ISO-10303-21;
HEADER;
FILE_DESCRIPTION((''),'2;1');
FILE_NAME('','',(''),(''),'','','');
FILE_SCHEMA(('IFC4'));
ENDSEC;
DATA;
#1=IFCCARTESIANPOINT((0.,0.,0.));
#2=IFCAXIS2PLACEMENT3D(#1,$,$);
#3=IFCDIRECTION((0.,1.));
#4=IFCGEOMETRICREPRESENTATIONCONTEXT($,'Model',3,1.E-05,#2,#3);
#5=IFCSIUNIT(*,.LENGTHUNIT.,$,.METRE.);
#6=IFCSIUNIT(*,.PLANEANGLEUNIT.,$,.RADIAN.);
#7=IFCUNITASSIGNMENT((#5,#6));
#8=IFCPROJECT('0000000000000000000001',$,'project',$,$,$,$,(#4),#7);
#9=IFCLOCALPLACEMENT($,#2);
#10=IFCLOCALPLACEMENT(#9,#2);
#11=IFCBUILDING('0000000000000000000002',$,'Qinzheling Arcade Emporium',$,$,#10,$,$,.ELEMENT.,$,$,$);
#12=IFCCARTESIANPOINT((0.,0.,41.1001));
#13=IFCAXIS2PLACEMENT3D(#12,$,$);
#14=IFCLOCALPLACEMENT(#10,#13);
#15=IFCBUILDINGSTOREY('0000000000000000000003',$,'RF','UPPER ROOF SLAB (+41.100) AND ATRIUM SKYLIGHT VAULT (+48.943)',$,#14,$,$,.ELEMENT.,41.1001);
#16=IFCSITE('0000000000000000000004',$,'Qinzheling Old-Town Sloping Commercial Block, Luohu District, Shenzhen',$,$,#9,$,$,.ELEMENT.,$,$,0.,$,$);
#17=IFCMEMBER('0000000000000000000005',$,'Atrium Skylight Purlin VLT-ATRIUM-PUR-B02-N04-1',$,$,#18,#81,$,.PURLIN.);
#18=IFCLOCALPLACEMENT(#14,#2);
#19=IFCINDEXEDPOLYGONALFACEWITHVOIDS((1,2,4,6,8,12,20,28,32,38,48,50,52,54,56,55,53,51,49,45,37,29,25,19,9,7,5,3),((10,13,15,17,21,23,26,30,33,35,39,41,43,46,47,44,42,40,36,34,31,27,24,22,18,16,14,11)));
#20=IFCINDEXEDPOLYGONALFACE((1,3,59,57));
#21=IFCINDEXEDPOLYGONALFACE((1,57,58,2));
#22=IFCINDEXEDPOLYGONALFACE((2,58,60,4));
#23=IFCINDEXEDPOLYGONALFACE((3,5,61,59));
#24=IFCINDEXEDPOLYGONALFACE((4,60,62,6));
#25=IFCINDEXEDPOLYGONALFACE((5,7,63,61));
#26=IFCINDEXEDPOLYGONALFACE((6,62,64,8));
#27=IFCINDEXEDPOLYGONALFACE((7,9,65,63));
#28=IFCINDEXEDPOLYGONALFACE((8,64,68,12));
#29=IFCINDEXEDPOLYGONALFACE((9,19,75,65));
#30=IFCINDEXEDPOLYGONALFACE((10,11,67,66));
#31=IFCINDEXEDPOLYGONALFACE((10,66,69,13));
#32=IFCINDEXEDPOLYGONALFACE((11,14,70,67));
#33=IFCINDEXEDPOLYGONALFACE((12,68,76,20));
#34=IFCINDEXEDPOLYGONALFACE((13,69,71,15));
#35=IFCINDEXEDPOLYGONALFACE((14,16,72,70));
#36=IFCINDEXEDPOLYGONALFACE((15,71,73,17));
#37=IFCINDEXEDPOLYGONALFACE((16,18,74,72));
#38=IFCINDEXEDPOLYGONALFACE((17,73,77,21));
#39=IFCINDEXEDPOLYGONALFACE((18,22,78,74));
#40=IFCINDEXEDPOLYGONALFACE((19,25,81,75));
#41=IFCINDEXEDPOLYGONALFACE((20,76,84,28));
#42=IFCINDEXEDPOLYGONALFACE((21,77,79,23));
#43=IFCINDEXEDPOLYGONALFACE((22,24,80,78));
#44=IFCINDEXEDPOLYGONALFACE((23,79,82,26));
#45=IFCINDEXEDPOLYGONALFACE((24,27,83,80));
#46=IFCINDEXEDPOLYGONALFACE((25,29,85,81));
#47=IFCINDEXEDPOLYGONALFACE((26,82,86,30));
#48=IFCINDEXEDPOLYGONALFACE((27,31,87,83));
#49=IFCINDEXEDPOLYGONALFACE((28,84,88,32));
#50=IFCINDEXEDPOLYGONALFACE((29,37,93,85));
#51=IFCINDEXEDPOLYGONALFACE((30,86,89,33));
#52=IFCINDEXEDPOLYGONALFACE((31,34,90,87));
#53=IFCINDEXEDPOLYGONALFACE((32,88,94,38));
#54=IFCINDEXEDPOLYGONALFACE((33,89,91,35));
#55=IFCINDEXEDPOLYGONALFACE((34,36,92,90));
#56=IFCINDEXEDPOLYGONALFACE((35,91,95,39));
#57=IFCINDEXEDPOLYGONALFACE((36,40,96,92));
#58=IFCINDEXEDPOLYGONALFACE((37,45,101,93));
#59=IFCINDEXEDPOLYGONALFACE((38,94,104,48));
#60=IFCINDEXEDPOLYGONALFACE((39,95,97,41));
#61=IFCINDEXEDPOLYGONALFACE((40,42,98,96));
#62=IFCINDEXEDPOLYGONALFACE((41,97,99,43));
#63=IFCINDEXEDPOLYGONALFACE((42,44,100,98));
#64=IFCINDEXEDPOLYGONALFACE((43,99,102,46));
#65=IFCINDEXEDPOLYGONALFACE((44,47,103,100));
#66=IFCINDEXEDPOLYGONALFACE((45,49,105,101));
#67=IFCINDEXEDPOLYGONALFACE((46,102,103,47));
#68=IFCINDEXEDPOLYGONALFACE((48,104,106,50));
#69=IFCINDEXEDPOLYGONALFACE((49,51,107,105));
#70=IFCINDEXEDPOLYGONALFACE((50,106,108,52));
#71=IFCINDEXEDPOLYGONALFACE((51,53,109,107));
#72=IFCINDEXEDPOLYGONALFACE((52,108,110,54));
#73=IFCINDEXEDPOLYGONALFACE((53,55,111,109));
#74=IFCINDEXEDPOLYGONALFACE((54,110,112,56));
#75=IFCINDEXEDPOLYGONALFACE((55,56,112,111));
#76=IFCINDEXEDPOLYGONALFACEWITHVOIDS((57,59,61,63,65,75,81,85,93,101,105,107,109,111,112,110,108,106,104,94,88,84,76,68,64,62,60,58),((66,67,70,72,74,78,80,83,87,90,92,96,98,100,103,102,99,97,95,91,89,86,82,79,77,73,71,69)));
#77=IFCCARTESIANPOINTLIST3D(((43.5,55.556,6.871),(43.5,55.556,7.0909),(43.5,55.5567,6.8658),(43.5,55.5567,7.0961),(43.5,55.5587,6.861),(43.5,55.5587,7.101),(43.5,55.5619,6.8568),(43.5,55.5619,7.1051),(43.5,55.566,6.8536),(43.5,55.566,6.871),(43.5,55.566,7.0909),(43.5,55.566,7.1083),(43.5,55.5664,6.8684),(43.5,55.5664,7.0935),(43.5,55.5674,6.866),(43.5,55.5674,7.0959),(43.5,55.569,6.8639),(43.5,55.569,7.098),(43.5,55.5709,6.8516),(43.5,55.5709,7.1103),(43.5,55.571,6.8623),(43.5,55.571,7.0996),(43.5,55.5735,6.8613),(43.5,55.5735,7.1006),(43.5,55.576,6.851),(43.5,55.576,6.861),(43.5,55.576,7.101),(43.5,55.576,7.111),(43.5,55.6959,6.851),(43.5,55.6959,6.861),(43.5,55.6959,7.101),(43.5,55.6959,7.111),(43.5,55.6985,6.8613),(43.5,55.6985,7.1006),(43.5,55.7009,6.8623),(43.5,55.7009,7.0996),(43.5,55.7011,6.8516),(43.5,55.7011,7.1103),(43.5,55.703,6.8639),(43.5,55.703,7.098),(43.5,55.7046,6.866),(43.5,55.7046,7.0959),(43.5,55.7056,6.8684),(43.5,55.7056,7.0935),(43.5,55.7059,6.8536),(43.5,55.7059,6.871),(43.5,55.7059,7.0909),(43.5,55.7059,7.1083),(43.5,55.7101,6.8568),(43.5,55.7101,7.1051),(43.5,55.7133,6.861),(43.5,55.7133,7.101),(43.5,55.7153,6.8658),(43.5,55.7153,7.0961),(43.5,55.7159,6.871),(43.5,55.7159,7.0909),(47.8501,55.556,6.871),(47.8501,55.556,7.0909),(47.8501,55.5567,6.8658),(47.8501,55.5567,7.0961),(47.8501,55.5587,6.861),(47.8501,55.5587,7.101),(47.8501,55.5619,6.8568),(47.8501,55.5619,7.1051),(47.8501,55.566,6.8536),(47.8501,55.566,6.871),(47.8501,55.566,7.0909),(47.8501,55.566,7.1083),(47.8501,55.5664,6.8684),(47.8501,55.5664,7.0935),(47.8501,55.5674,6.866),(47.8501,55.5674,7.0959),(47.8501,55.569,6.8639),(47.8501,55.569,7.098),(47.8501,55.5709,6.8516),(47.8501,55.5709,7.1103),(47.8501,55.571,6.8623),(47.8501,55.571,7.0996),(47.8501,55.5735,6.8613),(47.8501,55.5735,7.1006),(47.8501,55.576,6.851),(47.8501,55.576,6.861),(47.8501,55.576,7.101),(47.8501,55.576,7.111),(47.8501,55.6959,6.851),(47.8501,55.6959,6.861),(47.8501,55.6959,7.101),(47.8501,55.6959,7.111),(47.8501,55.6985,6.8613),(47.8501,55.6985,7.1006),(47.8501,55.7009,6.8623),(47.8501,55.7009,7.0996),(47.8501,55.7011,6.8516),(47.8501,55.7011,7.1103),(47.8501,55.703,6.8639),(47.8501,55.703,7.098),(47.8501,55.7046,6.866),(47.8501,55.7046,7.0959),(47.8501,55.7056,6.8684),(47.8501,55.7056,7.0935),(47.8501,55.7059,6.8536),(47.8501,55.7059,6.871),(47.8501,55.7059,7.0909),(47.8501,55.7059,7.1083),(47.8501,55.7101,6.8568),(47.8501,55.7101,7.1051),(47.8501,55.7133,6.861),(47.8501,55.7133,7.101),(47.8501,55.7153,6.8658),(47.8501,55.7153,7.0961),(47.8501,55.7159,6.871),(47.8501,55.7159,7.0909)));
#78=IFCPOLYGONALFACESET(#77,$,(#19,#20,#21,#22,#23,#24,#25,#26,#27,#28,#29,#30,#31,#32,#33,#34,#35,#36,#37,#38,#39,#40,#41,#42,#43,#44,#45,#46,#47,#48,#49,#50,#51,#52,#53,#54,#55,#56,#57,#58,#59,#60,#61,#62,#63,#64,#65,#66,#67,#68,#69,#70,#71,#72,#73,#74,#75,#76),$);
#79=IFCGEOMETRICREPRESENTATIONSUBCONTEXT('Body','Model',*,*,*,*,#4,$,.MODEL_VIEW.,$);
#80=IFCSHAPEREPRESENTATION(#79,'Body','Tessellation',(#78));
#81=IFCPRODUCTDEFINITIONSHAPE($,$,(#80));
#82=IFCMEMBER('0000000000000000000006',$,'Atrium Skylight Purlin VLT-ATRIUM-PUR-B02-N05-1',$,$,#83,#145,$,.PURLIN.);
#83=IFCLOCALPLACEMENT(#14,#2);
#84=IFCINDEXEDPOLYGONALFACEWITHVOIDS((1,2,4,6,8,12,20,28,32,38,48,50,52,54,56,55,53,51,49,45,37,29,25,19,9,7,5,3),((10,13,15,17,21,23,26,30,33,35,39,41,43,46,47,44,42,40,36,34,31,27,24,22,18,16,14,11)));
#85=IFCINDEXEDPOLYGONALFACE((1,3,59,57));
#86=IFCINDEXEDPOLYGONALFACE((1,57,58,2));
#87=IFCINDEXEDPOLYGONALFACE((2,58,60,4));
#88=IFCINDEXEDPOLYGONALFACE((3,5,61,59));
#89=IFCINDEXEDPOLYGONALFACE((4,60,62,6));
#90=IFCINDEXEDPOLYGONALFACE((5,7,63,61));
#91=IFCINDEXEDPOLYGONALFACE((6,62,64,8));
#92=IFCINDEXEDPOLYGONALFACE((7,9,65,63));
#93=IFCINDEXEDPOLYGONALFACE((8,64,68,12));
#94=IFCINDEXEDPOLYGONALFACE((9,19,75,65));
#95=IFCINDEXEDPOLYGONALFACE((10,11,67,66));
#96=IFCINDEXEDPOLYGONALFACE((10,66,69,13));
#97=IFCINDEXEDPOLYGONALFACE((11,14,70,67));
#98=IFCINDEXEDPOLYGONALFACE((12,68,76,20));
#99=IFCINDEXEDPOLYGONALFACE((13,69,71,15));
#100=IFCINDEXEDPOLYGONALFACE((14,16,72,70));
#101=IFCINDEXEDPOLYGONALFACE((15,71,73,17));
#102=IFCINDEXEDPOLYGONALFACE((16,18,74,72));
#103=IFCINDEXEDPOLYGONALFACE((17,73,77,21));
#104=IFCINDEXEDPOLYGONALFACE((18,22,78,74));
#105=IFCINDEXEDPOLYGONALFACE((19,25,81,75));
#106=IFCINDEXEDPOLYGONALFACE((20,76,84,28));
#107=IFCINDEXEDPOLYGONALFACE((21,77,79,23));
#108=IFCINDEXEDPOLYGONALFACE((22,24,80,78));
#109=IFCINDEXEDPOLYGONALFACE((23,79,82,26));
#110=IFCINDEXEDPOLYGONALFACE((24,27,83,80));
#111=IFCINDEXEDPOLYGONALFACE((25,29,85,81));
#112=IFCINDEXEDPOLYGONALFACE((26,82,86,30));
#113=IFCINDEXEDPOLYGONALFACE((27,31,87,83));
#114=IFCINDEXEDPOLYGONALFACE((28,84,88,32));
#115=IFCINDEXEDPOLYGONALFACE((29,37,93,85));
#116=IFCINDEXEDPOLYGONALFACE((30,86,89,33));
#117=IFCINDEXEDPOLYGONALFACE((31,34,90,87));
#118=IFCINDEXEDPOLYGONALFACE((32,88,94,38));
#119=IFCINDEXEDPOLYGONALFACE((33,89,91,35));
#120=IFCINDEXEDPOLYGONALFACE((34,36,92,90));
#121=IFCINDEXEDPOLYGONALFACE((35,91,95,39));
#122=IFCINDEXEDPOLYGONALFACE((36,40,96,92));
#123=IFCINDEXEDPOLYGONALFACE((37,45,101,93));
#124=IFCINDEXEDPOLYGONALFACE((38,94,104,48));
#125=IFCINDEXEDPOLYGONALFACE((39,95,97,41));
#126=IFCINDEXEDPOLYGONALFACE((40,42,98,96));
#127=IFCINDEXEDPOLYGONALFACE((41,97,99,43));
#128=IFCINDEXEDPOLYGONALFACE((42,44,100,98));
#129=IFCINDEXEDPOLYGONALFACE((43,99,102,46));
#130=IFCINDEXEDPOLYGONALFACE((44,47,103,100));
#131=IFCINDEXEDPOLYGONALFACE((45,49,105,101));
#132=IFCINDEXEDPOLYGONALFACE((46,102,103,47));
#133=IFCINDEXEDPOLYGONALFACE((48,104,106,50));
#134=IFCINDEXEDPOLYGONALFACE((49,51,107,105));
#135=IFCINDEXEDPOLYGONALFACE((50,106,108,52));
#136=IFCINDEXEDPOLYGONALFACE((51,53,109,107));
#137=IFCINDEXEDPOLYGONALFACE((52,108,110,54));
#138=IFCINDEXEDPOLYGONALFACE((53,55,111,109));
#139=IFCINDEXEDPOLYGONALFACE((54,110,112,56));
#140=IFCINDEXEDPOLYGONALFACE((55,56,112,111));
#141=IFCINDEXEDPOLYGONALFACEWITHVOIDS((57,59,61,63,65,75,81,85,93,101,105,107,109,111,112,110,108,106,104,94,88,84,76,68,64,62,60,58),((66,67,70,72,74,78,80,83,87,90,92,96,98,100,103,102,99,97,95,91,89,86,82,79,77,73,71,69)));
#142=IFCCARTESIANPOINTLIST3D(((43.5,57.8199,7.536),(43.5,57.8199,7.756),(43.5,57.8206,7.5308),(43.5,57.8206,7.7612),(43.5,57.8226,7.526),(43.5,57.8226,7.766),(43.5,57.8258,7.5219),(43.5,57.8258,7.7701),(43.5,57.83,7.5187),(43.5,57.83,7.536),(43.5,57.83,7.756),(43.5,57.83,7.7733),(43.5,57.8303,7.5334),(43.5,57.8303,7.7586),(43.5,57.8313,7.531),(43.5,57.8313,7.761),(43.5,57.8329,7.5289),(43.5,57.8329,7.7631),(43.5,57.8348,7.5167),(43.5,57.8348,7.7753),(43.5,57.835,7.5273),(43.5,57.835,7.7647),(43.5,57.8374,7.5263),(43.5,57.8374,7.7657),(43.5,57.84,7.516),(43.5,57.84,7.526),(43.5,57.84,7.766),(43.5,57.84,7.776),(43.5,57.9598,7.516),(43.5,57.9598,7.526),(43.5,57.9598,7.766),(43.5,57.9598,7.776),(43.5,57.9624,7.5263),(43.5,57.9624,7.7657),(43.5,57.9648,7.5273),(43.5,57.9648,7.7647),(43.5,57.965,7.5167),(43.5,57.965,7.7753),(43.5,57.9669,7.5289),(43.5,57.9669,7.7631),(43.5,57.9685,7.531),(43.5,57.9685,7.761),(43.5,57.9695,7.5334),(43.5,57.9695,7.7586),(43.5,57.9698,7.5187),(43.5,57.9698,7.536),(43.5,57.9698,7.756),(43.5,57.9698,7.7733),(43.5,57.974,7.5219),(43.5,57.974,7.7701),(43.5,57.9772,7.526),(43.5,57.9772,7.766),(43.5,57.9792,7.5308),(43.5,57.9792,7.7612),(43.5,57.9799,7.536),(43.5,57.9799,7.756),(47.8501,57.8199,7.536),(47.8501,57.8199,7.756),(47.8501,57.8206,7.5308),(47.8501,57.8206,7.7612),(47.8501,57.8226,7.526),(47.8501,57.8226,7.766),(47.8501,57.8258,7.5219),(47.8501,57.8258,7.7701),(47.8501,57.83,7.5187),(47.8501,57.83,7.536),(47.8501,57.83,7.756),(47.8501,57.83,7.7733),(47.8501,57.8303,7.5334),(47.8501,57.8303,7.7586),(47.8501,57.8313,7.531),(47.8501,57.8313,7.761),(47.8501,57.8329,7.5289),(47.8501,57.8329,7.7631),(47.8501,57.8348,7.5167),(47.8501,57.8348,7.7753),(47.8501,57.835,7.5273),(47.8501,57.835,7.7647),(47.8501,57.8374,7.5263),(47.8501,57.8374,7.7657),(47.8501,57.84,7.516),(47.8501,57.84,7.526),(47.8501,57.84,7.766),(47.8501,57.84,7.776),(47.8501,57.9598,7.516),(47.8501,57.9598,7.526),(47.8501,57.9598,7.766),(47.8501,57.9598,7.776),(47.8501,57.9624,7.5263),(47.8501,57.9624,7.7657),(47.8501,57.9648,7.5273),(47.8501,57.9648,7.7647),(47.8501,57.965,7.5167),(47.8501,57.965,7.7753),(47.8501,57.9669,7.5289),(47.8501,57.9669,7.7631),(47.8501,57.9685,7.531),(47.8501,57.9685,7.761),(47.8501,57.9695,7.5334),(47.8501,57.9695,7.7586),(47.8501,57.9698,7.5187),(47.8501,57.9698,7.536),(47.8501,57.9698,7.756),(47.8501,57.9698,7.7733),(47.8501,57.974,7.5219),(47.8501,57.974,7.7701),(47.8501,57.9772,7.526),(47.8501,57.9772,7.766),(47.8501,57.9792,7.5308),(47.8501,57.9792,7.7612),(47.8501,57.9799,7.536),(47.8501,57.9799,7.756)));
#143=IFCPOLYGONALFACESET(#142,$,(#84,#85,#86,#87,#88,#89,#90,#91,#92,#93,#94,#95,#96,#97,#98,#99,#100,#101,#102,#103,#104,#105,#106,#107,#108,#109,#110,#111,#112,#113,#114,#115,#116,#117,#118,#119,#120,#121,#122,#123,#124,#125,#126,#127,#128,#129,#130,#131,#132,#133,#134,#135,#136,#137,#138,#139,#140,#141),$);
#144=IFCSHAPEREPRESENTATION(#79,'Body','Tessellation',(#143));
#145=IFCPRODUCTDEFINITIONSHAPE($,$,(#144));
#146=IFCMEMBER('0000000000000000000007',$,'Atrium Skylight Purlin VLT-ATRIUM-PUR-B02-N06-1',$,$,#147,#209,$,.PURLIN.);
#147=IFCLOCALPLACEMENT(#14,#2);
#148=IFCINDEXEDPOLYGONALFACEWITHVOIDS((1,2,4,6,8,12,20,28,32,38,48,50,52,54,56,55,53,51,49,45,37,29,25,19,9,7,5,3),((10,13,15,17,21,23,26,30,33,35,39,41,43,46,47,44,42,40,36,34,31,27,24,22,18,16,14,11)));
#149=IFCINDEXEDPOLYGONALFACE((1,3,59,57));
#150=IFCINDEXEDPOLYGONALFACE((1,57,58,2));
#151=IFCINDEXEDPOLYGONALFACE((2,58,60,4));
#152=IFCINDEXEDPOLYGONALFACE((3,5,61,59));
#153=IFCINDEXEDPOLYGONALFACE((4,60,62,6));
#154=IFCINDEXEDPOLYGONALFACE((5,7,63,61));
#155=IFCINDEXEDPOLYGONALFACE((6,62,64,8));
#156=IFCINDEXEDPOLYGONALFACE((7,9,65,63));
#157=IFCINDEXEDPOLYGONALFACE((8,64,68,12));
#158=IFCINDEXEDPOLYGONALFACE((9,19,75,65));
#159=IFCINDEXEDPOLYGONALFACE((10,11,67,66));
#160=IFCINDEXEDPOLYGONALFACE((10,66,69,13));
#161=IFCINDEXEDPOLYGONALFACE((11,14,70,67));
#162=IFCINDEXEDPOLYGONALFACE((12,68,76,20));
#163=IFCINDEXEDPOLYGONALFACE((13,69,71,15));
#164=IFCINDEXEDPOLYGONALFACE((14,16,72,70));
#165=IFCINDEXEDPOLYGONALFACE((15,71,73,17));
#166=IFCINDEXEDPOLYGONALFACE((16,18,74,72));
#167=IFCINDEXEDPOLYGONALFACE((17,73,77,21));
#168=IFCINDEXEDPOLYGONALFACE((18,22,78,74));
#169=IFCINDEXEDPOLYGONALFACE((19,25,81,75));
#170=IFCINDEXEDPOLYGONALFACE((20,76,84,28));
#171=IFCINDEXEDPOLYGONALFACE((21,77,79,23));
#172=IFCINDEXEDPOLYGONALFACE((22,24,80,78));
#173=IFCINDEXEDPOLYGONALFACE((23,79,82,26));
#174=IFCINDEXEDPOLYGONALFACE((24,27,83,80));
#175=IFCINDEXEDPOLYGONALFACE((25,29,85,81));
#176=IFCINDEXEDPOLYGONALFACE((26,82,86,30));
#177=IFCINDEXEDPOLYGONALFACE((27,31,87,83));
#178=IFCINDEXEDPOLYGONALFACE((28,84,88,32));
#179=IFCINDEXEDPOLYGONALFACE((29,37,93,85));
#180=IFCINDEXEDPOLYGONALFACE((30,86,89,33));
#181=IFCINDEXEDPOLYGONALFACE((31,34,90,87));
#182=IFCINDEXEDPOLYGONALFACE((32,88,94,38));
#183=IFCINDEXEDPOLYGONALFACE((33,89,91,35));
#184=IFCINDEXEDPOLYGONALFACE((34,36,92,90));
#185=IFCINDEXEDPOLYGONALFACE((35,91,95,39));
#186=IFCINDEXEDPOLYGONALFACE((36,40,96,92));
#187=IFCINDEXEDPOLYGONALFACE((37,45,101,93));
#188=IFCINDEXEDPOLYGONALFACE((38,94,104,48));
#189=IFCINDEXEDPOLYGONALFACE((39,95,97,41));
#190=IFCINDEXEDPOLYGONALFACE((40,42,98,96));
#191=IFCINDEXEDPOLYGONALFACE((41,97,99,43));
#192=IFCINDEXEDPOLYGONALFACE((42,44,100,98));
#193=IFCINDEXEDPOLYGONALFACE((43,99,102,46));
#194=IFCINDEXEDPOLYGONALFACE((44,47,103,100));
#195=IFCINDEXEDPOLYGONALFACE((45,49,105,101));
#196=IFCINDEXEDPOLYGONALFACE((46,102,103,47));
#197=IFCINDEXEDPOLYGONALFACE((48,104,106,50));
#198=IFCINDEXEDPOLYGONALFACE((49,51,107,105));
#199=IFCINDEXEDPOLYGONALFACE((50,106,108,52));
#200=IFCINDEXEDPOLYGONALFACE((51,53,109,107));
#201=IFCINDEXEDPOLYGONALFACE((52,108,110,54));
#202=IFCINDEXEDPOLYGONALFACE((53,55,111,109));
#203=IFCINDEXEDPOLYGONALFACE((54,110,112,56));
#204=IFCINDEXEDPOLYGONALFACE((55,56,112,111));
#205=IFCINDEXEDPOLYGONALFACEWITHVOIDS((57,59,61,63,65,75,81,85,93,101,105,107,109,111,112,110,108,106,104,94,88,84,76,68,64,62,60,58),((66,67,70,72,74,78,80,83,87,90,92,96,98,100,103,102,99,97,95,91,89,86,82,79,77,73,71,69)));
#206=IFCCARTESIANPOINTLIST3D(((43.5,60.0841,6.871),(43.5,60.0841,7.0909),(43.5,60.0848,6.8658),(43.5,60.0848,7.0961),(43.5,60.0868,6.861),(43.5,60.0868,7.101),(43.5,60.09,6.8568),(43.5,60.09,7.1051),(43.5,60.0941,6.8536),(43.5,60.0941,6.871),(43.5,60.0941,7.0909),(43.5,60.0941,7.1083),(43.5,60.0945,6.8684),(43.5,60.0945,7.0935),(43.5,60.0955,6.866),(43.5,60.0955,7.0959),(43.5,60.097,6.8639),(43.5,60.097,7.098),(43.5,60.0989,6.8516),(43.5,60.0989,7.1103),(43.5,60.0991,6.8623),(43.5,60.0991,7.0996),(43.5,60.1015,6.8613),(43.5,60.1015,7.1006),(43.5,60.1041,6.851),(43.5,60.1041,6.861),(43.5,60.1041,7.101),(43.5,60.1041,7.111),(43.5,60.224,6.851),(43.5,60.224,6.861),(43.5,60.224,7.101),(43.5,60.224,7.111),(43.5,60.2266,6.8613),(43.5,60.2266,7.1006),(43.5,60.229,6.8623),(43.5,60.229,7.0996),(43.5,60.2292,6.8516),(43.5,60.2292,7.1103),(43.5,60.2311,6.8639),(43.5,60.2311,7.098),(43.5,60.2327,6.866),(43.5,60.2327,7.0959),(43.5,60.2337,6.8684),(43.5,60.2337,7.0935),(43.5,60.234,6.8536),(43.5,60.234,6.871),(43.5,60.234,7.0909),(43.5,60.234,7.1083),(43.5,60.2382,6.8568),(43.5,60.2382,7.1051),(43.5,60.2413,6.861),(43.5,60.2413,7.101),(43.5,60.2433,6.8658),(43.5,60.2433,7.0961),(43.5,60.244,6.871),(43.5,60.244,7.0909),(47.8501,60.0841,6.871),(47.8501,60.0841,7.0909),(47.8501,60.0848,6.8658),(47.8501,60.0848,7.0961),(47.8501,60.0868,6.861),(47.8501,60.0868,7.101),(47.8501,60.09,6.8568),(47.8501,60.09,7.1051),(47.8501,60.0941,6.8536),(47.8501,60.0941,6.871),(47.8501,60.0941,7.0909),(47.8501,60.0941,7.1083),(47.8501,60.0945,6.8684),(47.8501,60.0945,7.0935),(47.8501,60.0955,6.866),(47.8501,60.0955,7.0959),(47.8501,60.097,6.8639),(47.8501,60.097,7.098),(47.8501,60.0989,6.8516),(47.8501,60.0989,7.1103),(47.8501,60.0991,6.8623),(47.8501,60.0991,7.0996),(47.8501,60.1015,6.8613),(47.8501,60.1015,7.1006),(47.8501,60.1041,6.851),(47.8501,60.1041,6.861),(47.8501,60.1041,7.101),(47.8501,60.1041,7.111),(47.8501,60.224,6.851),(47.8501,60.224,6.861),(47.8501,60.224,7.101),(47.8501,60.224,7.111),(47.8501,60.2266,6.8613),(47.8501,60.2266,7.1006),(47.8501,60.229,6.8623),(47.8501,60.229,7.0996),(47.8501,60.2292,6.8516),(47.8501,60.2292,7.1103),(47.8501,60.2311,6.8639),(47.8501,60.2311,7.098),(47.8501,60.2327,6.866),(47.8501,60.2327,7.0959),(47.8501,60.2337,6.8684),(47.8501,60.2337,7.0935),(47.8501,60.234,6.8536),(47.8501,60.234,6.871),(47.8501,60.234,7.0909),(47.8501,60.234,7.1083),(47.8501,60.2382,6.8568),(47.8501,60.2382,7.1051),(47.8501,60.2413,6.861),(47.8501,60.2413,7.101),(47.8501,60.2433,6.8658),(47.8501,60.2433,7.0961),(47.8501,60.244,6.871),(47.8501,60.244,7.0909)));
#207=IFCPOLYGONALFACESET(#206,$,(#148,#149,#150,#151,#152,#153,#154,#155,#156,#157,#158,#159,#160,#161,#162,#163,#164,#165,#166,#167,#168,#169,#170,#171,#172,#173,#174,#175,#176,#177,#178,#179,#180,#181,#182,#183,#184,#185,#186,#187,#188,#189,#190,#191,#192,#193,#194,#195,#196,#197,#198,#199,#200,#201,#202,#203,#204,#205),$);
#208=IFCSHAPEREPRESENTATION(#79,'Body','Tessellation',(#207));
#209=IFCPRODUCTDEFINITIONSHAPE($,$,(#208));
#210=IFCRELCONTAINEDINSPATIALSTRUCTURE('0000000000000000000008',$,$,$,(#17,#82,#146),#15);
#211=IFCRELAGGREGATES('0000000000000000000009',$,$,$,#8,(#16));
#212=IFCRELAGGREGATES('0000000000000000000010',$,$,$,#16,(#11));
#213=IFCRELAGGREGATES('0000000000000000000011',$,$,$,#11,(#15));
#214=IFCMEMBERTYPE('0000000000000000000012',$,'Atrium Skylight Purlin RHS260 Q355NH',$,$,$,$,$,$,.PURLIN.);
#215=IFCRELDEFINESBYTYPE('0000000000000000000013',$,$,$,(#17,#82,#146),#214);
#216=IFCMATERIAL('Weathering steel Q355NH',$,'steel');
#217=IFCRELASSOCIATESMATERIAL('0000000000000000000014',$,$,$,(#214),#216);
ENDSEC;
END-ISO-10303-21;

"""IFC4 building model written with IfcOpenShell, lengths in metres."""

from ifc_helpers import new_model, si_unit, direction, frame, origin, origin_2d, place, context, subcontext, project, spatial, hollow_rectangle, extrude, material, material_profile, profile_set, type_object, element, save


model = new_model("IFC4")

# Units and contexts
model_context = context("Model", 3, precision=1e-05, world=origin(), true_north=direction((0.0, 1.0)))
body_context = subcontext(model_context, "Body", "Model", "MODEL_VIEW")
ifc_project = project(units=[si_unit("LENGTHUNIT", "METRE"), si_unit("PLANEANGLEUNIT", "RADIAN")], contexts=[model_context])

# Site, building, storey
site_placement = place(None, origin())
site = spatial("IfcSite", under=ifc_project, at=site_placement, Name="Qinzheling Old-Town Sloping Commercial Block, Luohu District, Shenzhen", CompositionType="ELEMENT", RefElevation=0.0)
building_placement = place(site_placement, origin())
building = spatial("IfcBuilding", under=site, at=building_placement, Name="Qinzheling Arcade Emporium", CompositionType="ELEMENT")
storey_placement = place(building_placement, frame((0.0, 0.0, 41.1001)))
storey = spatial("IfcBuildingStorey", under=building, at=storey_placement, Name="RF", Description="UPPER ROOF SLAB (+41.100) AND ATRIUM SKYLIGHT VAULT (+48.943)", CompositionType="ELEMENT", Elevation=41.1001)

# Shared definitions
ifc_material_1 = material(Name="Weathering steel Q355NH", Category="steel")

# Members
ifc_material_profile_1 = material_profile(ifc_material_1, hollow_rectangle(XDim=0.1599, YDim=0.26, WallThickness=0.01, InnerFilletRadius=0.01, OuterFilletRadius=0.02, at=origin_2d()), Name="RHS 260x160x10", Category="steel")
ifc_profile_set_1 = profile_set([ifc_material_profile_1], Name="Weathering steel Q355NH")
member_type = type_object("IfcMemberType", Name="Atrium Skylight Purlin RHS260 Q355NH", PredefinedType="PURLIN", material=ifc_profile_set_1)
for number, where, z_axis, x_axis, name in (
    (1, (43.5, 55.636, 6.981), (1.0, 0.0, 0.0), (0.0, 1.0, 0.0), "Atrium Skylight Purlin VLT-ATRIUM-PUR-B02-N04-1"),
    (2, (43.5, 57.8999, 7.646), (1.0, 0.0, 0.0), (0.0, 1.0, 0.0), "Atrium Skylight Purlin VLT-ATRIUM-PUR-B02-N05-1"),
    (3, (43.5, 60.1641, 6.981), (1.0, 0.0, 0.0), (0.0, 1.0, 0.0), "Atrium Skylight Purlin VLT-ATRIUM-PUR-B02-N06-1"),
):
    element("IfcMember", number, at=place(storey_placement, frame(where, z_axis=z_axis, x_axis=x_axis)), inside=storey, type_object=member_type, Name=name, PredefinedType="PURLIN", context=body_context, shape_type="SweptSolid", body=[
        extrude(hollow_rectangle(XDim=0.1599, YDim=0.26, WallThickness=0.01, InnerFilletRadius=0.01, OuterFilletRadius=0.02, at=origin_2d()), origin(), (0.0, 0.0, 1.0), 4.3501),
    ])

save(model, "model.ifc")
